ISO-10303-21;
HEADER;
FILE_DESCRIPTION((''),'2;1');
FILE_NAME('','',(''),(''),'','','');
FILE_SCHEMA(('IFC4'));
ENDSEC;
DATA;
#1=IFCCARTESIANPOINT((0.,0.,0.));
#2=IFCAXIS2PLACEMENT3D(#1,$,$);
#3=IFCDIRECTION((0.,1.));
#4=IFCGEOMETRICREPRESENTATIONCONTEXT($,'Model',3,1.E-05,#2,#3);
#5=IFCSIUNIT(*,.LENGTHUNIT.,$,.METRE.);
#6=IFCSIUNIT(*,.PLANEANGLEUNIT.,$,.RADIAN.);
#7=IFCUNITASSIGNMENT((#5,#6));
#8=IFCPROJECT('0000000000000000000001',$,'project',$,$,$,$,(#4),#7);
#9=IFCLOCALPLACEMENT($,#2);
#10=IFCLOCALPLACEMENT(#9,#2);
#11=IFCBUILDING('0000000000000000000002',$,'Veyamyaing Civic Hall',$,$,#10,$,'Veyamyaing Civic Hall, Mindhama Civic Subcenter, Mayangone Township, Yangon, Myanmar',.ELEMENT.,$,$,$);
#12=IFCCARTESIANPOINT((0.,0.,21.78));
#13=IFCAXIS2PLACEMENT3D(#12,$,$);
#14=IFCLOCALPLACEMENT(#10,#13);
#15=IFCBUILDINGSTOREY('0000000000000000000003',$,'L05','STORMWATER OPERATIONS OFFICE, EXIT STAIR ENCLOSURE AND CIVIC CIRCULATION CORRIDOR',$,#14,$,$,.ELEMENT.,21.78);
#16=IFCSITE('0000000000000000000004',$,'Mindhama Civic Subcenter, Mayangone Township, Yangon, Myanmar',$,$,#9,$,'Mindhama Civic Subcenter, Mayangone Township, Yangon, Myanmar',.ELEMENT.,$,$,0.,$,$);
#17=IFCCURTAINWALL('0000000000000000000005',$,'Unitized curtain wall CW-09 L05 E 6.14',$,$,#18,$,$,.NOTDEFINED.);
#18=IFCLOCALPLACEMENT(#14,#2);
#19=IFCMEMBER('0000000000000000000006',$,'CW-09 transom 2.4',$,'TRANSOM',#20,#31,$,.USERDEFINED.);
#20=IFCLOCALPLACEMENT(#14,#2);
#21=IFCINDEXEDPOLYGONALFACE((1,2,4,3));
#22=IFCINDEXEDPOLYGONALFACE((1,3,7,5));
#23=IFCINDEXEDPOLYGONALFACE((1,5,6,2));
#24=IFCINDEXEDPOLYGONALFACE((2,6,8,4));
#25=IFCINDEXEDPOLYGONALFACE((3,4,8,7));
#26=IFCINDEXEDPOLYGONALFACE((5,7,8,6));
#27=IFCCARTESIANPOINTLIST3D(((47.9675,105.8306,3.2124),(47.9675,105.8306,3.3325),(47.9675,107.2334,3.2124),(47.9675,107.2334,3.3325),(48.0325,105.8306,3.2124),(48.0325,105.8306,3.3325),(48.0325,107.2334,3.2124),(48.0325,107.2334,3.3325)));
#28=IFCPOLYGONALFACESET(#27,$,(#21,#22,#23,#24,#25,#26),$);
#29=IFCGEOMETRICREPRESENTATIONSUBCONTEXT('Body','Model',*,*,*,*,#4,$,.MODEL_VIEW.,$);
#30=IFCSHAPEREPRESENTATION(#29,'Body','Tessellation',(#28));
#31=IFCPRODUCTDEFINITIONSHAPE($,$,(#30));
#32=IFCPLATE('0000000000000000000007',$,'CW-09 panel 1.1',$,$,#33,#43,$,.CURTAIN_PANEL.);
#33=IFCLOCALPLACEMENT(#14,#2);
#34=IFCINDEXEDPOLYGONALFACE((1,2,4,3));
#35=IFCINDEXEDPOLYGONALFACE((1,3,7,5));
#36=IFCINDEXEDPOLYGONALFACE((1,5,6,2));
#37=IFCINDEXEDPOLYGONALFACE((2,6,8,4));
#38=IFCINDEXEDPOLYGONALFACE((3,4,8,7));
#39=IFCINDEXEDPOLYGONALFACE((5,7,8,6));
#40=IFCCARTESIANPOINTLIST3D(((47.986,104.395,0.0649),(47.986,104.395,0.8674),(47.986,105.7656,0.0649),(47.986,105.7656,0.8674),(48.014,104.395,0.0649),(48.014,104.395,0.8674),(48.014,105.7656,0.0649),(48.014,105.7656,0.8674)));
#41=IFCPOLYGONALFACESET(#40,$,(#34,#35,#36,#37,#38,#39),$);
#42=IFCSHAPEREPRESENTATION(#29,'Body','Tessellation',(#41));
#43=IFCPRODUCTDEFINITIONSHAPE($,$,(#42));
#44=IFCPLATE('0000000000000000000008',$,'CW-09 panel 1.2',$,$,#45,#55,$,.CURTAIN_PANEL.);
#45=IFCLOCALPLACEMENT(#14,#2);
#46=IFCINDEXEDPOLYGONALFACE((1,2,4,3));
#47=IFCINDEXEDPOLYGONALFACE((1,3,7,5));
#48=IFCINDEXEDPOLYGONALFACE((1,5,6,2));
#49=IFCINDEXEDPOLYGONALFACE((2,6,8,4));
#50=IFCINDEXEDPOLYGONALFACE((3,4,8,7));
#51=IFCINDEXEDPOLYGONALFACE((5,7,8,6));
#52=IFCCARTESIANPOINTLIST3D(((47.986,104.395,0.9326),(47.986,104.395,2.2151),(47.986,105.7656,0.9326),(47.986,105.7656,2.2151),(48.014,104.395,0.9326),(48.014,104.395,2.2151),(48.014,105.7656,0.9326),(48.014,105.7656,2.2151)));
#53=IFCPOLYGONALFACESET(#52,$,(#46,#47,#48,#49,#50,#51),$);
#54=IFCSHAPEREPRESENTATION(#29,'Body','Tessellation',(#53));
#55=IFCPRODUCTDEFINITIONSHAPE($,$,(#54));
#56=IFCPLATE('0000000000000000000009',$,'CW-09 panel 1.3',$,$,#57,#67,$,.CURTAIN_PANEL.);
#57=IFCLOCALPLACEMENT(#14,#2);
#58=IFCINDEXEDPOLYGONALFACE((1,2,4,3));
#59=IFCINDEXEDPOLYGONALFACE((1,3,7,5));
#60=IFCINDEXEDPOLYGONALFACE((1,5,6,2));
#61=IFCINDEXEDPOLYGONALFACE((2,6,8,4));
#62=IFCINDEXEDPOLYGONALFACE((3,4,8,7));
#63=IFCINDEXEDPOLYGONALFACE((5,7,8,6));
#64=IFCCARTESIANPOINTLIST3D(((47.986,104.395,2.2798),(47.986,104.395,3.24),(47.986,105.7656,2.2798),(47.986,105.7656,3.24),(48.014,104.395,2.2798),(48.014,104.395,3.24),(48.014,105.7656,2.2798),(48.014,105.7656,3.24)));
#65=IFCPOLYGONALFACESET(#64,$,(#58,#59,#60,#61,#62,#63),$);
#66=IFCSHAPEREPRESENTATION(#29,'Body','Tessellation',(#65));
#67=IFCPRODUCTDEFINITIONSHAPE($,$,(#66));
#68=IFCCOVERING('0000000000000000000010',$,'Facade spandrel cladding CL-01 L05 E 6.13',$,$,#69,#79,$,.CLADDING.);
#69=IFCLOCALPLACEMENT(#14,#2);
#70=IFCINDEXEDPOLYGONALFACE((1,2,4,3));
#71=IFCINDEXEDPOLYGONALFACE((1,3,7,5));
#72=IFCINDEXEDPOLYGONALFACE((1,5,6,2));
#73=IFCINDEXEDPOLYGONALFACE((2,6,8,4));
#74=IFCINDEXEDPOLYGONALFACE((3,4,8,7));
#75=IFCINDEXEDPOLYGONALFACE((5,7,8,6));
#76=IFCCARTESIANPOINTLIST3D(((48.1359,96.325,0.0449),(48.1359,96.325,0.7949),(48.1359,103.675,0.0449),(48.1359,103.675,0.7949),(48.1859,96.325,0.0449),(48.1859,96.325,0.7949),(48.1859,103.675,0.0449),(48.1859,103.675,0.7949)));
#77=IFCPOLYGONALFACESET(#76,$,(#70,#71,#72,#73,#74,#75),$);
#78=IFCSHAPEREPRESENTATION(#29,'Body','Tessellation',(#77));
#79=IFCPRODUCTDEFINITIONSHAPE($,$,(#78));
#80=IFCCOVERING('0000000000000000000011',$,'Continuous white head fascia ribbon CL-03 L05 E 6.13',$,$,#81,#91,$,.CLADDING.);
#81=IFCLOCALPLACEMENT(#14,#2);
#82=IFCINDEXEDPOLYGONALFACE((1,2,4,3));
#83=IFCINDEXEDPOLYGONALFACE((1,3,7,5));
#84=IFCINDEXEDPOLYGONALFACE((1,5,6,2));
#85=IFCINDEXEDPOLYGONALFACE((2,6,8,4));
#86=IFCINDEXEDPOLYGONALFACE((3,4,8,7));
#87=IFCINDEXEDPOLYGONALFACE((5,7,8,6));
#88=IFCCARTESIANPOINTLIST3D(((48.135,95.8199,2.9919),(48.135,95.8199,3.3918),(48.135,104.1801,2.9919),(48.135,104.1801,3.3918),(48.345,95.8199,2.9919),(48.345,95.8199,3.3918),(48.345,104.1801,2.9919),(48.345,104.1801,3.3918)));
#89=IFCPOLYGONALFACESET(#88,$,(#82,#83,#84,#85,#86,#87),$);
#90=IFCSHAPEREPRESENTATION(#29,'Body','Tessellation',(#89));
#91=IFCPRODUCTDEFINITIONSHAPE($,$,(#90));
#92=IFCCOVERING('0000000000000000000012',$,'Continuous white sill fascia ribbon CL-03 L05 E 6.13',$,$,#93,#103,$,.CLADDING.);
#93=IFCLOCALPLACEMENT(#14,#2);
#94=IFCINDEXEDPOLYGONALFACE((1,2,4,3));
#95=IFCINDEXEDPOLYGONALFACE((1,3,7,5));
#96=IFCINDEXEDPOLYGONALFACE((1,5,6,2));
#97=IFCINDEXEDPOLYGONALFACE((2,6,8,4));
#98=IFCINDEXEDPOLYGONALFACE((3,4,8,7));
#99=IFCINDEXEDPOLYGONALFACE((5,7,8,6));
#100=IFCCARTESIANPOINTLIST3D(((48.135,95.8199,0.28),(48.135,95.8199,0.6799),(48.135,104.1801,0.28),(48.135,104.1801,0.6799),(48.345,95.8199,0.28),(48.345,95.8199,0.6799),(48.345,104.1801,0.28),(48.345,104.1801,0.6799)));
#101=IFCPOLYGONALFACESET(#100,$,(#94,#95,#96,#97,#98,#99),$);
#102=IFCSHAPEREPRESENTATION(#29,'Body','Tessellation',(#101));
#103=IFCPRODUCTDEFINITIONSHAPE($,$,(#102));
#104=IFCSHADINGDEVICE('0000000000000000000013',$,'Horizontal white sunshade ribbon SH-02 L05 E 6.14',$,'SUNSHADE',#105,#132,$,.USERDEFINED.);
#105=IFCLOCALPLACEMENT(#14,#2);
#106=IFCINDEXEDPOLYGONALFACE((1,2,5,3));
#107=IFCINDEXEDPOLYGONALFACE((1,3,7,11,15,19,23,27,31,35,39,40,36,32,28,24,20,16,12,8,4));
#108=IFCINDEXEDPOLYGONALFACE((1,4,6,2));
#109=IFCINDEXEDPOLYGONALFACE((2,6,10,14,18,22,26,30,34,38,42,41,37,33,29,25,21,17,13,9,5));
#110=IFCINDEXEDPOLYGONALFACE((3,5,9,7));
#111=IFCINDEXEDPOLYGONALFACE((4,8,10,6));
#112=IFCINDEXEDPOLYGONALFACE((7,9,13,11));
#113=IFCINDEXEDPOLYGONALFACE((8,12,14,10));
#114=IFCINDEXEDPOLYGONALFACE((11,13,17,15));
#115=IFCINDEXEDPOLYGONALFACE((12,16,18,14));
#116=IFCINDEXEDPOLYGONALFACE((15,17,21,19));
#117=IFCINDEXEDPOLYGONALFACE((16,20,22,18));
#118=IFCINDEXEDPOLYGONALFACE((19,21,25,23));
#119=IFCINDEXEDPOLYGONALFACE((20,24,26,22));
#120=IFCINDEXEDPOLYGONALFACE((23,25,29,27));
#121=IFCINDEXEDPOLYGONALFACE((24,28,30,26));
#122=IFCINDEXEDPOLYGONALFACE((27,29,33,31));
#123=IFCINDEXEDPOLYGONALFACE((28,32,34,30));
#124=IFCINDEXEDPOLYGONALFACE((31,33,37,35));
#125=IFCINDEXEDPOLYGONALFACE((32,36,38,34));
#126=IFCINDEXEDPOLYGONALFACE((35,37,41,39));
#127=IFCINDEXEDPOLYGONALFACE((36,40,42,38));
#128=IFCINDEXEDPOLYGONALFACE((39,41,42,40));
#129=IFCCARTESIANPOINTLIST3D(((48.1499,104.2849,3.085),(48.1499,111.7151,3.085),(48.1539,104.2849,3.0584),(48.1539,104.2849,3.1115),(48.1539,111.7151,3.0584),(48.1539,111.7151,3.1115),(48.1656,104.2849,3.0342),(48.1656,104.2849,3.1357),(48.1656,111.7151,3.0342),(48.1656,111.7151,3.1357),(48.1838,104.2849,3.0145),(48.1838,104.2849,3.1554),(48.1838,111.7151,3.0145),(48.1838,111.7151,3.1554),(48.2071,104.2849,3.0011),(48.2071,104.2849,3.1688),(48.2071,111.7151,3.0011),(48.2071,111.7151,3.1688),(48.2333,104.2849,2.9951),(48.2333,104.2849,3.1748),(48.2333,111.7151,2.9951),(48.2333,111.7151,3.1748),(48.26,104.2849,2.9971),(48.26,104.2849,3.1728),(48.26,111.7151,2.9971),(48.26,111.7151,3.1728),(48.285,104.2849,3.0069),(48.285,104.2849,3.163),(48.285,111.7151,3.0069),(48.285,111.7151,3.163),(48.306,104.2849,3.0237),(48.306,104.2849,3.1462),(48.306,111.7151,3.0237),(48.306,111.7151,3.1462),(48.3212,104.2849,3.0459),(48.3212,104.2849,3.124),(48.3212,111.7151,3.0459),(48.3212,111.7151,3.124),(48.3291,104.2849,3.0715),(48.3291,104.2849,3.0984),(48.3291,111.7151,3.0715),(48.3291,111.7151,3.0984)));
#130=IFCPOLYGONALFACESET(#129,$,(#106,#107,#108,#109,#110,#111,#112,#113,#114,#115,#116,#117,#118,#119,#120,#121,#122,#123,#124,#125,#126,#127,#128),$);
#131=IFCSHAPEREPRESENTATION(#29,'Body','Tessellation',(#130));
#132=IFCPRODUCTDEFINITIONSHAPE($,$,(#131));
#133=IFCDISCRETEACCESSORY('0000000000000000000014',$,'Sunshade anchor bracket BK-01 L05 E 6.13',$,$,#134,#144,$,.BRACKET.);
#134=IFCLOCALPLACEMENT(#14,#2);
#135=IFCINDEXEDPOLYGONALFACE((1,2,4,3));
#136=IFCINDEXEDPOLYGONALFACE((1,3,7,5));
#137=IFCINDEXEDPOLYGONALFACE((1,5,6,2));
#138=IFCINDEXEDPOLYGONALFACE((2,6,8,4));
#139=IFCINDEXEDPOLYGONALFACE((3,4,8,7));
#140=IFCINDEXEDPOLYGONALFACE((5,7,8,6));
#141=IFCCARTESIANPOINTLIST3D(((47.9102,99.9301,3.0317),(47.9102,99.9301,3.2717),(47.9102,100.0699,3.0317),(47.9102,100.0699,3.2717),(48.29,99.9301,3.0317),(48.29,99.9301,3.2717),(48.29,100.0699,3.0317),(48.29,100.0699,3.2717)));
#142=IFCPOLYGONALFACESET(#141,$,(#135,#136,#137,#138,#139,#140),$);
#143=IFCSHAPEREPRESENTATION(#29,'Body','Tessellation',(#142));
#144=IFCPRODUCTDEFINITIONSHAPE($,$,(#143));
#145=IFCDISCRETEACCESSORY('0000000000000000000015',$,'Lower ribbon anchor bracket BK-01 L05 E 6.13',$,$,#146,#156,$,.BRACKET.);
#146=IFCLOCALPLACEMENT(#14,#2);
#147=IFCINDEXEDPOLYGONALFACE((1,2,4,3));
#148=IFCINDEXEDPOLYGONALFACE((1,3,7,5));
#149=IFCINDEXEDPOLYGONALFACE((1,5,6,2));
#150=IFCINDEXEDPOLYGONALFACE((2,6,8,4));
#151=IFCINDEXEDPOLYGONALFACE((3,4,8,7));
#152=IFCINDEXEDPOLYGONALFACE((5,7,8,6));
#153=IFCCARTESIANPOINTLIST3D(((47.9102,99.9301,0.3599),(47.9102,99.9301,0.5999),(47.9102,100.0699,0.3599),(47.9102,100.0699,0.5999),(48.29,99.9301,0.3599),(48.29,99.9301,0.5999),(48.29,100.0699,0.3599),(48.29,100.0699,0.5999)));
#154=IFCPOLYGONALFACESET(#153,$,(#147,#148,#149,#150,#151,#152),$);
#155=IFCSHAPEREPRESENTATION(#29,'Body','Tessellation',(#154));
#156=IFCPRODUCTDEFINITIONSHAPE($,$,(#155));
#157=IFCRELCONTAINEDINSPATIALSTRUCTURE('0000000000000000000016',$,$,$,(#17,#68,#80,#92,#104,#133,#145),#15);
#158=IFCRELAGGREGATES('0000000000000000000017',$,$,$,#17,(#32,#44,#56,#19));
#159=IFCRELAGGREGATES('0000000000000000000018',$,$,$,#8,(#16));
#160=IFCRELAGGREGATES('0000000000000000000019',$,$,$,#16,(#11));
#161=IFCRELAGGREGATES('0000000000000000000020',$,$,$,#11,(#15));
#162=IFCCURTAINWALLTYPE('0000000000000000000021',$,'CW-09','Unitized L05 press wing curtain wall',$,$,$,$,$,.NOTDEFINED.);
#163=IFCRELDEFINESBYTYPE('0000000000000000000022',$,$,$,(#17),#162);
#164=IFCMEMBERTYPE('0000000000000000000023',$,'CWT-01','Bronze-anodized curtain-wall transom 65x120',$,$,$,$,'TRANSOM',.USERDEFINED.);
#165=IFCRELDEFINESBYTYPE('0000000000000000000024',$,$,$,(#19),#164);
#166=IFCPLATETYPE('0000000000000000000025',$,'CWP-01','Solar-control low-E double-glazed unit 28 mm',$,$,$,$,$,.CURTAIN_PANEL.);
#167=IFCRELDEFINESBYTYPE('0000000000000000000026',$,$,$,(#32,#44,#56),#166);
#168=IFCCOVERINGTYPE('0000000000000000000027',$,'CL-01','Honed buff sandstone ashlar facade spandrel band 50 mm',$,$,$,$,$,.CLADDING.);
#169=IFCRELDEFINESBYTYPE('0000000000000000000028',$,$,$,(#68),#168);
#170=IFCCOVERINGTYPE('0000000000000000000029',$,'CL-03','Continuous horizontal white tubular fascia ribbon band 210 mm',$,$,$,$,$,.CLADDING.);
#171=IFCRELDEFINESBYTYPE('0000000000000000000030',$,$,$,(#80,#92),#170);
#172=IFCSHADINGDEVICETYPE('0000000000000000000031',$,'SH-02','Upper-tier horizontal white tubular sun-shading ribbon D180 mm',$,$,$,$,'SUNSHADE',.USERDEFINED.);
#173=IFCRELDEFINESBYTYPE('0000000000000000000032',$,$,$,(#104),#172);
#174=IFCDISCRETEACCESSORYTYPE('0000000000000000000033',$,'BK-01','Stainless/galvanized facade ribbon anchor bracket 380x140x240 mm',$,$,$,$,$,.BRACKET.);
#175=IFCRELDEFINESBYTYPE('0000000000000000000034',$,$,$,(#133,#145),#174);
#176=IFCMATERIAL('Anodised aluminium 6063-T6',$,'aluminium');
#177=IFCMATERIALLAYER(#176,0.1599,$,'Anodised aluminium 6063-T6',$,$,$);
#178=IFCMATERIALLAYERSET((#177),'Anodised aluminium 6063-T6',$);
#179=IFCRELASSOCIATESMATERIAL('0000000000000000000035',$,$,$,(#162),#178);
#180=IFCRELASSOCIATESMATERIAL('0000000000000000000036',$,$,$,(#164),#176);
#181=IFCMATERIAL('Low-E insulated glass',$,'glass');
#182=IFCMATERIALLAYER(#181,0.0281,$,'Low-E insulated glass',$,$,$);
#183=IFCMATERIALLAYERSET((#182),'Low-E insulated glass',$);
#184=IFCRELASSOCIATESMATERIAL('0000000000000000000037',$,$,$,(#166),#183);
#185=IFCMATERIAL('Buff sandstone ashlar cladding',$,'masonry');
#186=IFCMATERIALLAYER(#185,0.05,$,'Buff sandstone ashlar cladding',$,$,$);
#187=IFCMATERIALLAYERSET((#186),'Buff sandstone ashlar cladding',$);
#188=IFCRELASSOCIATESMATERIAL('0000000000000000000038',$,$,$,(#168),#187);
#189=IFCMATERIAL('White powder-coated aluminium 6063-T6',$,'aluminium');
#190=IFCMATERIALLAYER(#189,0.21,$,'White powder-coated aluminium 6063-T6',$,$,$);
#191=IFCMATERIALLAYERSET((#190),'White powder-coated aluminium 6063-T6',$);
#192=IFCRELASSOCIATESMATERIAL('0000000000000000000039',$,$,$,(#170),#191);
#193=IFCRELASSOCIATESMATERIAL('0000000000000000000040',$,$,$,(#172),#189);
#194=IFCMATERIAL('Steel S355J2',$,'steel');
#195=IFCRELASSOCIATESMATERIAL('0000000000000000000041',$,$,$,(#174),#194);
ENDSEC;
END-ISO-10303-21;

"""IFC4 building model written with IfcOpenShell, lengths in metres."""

from ifc_helpers import new_model, si_unit, direction, frame, origin, origin_2d, place, context, subcontext, project, spatial, rectangle, circle, extrude, material, layer, layer_set, material_profile, profile_set, type_object, element, aggregate, save


model = new_model("IFC4")

# Units and contexts
model_context = context("Model", 3, precision=1e-05, world=origin(), true_north=direction((0.0, 1.0)))
body_context = subcontext(model_context, "Body", "Model", "MODEL_VIEW")
ifc_project = project(units=[si_unit("LENGTHUNIT", "METRE"), si_unit("PLANEANGLEUNIT", "RADIAN")], contexts=[model_context])

# Site, building, storey
site_placement = place(None, origin())
site = spatial("IfcSite", under=ifc_project, at=site_placement, Name="Mindhama Civic Subcenter, Mayangone Township, Yangon, Myanmar", LongName="Mindhama Civic Subcenter, Mayangone Township, Yangon, Myanmar", CompositionType="ELEMENT", RefElevation=0.0)
building_placement = place(site_placement, origin())
building = spatial("IfcBuilding", under=site, at=building_placement, Name="Veyamyaing Civic Hall", LongName="Veyamyaing Civic Hall, Mindhama Civic Subcenter, Mayangone Township, Yangon, Myanmar", CompositionType="ELEMENT")
storey_placement = place(building_placement, frame((0.0, 0.0, 21.78)))
storey = spatial("IfcBuildingStorey", under=building, at=storey_placement, Name="L05", Description="STORMWATER OPERATIONS OFFICE, EXIT STAIR ENCLOSURE AND CIVIC CIRCULATION CORRIDOR", CompositionType="ELEMENT", Elevation=21.78)

# Curtain wall, member, plates
ifc_material_1 = material(Name="Anodised aluminium 6063-T6", Category="aluminium")
ifc_layer_1 = layer(ifc_material_1, 0.1599, Name="Anodised aluminium 6063-T6")
ifc_layer_set_1 = layer_set([ifc_layer_1], Name="Anodised aluminium 6063-T6")
curtain_wall_type = type_object("IfcCurtainWallType", Name="CW-09", Description="Unitized L05 press wing curtain wall", PredefinedType="NOTDEFINED", material=ifc_layer_set_1)
curtain_wall_placement = place(storey_placement, origin())
curtain_wall = element("IfcCurtainWall", 1, at=curtain_wall_placement, inside=storey, type_object=curtain_wall_type, Name="Unitized curtain wall CW-09 L05 E 6.14", PredefinedType="NOTDEFINED")
ifc_material_profile_1 = material_profile(ifc_material_1, rectangle(XDim=0.0649, YDim=0.1201, at=origin_2d()), Name="ALU-TRN-65X120")
ifc_profile_set_1 = profile_set([ifc_material_profile_1], Name="Anodised aluminium 6063-T6")
member_type_1 = type_object("IfcMemberType", Name="CWT-01", Description="Bronze-anodized curtain-wall transom 65x120", ElementType="TRANSOM", PredefinedType="USERDEFINED", material=ifc_profile_set_1)
member_1_placement = place(storey_placement, frame((48.0, 105.8306, 3.2725), z_axis=(0.0, 1.0, 0.0), x_axis=(-1.0, 0.0, 0.0)))
member_1 = element("IfcMember", 2, at=member_1_placement, type_object=member_type_1, Name="CW-09 transom 2.4", ObjectType="TRANSOM", PredefinedType="USERDEFINED", context=body_context, shape_type="SweptSolid", body=[
    extrude(rectangle(XDim=0.0649, YDim=0.1201, at=origin_2d()), origin(), (0.0, 0.0, 1.0), 1.4028),
])
ifc_material_2 = material(Name="Low-E insulated glass", Category="glass")
ifc_layer_2 = layer(ifc_material_2, 0.0281, Name="Low-E insulated glass")
ifc_layer_set_2 = layer_set([ifc_layer_2], Name="Low-E insulated glass")
plate_type = type_object("IfcPlateType", Name="CWP-01", Description="Solar-control low-E double-glazed unit 28 mm", PredefinedType="CURTAIN_PANEL", material=ifc_layer_set_2)
plate_1_placement = place(storey_placement, frame((48.0, 105.0803, 0.0649), z_axis=(0.0, 0.0, 1.0), x_axis=(0.0, 1.0, 0.0)))
plate_1 = element("IfcPlate", 3, at=plate_1_placement, type_object=plate_type, Name="CW-09 panel 1.1", PredefinedType="CURTAIN_PANEL", context=body_context, shape_type="SweptSolid", body=[
    extrude(rectangle(XDim=1.3706, YDim=0.0281, at=origin_2d()), origin(), (0.0, 0.0, 1.0), 0.8025),
])
plate_2_placement = place(storey_placement, frame((48.0, 105.0803, 0.9326), z_axis=(0.0, 0.0, 1.0), x_axis=(0.0, 1.0, 0.0)))
plate_2 = element("IfcPlate", 4, at=plate_2_placement, type_object=plate_type, Name="CW-09 panel 1.2", PredefinedType="CURTAIN_PANEL", context=body_context, shape_type="SweptSolid", body=[
    extrude(rectangle(XDim=1.3706, YDim=0.0281, at=origin_2d()), origin(), (0.0, 0.0, 1.0), 1.2825),
])
plate_3_placement = place(storey_placement, frame((48.0, 105.0803, 2.2798), z_axis=(0.0, 0.0, 1.0), x_axis=(0.0, 1.0, 0.0)))
plate_3 = element("IfcPlate", 5, at=plate_3_placement, type_object=plate_type, Name="CW-09 panel 1.3", PredefinedType="CURTAIN_PANEL", context=body_context, shape_type="SweptSolid", body=[
    extrude(rectangle(XDim=1.3706, YDim=0.0281, at=origin_2d()), origin(), (0.0, 0.0, 1.0), 0.9602),
])
aggregate(curtain_wall, [plate_1, plate_2, plate_3, member_1])

# Coverings
ifc_material_3 = material(Name="Buff sandstone ashlar cladding", Category="masonry")
ifc_layer_3 = layer(ifc_material_3, 0.05, Name="Buff sandstone ashlar cladding")
ifc_layer_set_3 = layer_set([ifc_layer_3], Name="Buff sandstone ashlar cladding")
covering_type_1 = type_object("IfcCoveringType", Name="CL-01", Description="Honed buff sandstone ashlar facade spandrel band 50 mm", PredefinedType="CLADDING", material=ifc_layer_set_3)
covering_placement = place(storey_placement, frame((48.1609, 100.0, 0.0449), z_axis=(0.0, 0.0, 1.0), x_axis=(0.0, 1.0, 0.0)))
element("IfcCovering", 6, at=covering_placement, inside=storey, type_object=covering_type_1, Name="Facade spandrel cladding CL-01 L05 E 6.13", PredefinedType="CLADDING", context=body_context, shape_type="SweptSolid", body=[
    extrude(rectangle(XDim=7.3501, YDim=0.05, at=origin_2d()), origin(), (0.0, 0.0, 1.0), 0.75),
])
ifc_material_4 = material(Name="White powder-coated aluminium 6063-T6", Category="aluminium")
ifc_layer_4 = layer(ifc_material_4, 0.21, Name="White powder-coated aluminium 6063-T6")
ifc_layer_set_4 = layer_set([ifc_layer_4], Name="White powder-coated aluminium 6063-T6")
covering_type_2 = type_object("IfcCoveringType", Name="CL-03", Description="Continuous horizontal white tubular fascia ribbon band 210 mm", PredefinedType="CLADDING", material=ifc_layer_set_4)
for number, where, z_axis, x_axis, name in (
    (7, (48.24, 100.0, 2.9919), (0.0, 0.0, 1.0), (0.0, 1.0, 0.0), "Continuous white head fascia ribbon CL-03 L05 E 6.13"),
    (8, (48.24, 100.0, 0.28), (0.0, 0.0, 1.0), (0.0, 1.0, 0.0), "Continuous white sill fascia ribbon CL-03 L05 E 6.13"),
):
    element("IfcCovering", number, at=place(storey_placement, frame(where, z_axis=z_axis, x_axis=x_axis)), inside=storey, type_object=covering_type_2, Name=name, PredefinedType="CLADDING", context=body_context, shape_type="SweptSolid", body=[
        extrude(rectangle(XDim=8.3601, YDim=0.21, at=origin_2d()), origin(), (0.0, 0.0, 1.0), 0.3999),
    ])

# Shading device
ifc_material_profile_2 = material_profile(ifc_material_4, circle(Radius=0.0901, at=origin_2d()), Name="SHADE-TUBE-180")
ifc_profile_set_2 = profile_set([ifc_material_profile_2], Name="White powder-coated aluminium 6063-T6")
shading_device_type = type_object("IfcShadingDeviceType", Name="SH-02", Description="Upper-tier horizontal white tubular sun-shading ribbon D180 mm", ElementType="SUNSHADE", PredefinedType="USERDEFINED", material=ifc_profile_set_2)
shading_device_placement = place(storey_placement, frame((48.24, 104.2849, 3.085), z_axis=(0.0, 1.0, 0.0), x_axis=(-1.0, 0.0, 0.0)))
element("IfcShadingDevice", 9, at=shading_device_placement, inside=storey, type_object=shading_device_type, Name="Horizontal white sunshade ribbon SH-02 L05 E 6.14", ObjectType="SUNSHADE", PredefinedType="USERDEFINED", context=body_context, shape_type="SweptSolid", body=[
    extrude(circle(Radius=0.0901, at=origin_2d()), origin(), (0.0, 0.0, 1.0), 7.4302),
])

# Discrete accessories
ifc_material_5 = material(Name="Steel S355J2", Category="steel")
discrete_accessory_type = type_object("IfcDiscreteAccessoryType", Name="BK-01", Description="Stainless/galvanized facade ribbon anchor bracket 380x140x240 mm", PredefinedType="BRACKET", material=ifc_material_5)
for number, where, z_axis, x_axis, name in (
    (10, (48.1001, 100.0, 3.0317), (0.0, 0.0, 1.0), (1.0, 0.0, 0.0), "Sunshade anchor bracket BK-01 L05 E 6.13"),
    (11, (48.1001, 100.0, 0.3599), (0.0, 0.0, 1.0), (1.0, 0.0, 0.0), "Lower ribbon anchor bracket BK-01 L05 E 6.13"),
):
    element("IfcDiscreteAccessory", number, at=place(storey_placement, frame(where, z_axis=z_axis, x_axis=x_axis)), inside=storey, type_object=discrete_accessory_type, Name=name, PredefinedType="BRACKET", context=body_context, shape_type="SweptSolid", body=[
        extrude(rectangle(XDim=0.3799, YDim=0.1399, at=origin_2d()), origin(), (0.0, 0.0, 1.0), 0.24),
    ])

save(model, "model.ifc")
